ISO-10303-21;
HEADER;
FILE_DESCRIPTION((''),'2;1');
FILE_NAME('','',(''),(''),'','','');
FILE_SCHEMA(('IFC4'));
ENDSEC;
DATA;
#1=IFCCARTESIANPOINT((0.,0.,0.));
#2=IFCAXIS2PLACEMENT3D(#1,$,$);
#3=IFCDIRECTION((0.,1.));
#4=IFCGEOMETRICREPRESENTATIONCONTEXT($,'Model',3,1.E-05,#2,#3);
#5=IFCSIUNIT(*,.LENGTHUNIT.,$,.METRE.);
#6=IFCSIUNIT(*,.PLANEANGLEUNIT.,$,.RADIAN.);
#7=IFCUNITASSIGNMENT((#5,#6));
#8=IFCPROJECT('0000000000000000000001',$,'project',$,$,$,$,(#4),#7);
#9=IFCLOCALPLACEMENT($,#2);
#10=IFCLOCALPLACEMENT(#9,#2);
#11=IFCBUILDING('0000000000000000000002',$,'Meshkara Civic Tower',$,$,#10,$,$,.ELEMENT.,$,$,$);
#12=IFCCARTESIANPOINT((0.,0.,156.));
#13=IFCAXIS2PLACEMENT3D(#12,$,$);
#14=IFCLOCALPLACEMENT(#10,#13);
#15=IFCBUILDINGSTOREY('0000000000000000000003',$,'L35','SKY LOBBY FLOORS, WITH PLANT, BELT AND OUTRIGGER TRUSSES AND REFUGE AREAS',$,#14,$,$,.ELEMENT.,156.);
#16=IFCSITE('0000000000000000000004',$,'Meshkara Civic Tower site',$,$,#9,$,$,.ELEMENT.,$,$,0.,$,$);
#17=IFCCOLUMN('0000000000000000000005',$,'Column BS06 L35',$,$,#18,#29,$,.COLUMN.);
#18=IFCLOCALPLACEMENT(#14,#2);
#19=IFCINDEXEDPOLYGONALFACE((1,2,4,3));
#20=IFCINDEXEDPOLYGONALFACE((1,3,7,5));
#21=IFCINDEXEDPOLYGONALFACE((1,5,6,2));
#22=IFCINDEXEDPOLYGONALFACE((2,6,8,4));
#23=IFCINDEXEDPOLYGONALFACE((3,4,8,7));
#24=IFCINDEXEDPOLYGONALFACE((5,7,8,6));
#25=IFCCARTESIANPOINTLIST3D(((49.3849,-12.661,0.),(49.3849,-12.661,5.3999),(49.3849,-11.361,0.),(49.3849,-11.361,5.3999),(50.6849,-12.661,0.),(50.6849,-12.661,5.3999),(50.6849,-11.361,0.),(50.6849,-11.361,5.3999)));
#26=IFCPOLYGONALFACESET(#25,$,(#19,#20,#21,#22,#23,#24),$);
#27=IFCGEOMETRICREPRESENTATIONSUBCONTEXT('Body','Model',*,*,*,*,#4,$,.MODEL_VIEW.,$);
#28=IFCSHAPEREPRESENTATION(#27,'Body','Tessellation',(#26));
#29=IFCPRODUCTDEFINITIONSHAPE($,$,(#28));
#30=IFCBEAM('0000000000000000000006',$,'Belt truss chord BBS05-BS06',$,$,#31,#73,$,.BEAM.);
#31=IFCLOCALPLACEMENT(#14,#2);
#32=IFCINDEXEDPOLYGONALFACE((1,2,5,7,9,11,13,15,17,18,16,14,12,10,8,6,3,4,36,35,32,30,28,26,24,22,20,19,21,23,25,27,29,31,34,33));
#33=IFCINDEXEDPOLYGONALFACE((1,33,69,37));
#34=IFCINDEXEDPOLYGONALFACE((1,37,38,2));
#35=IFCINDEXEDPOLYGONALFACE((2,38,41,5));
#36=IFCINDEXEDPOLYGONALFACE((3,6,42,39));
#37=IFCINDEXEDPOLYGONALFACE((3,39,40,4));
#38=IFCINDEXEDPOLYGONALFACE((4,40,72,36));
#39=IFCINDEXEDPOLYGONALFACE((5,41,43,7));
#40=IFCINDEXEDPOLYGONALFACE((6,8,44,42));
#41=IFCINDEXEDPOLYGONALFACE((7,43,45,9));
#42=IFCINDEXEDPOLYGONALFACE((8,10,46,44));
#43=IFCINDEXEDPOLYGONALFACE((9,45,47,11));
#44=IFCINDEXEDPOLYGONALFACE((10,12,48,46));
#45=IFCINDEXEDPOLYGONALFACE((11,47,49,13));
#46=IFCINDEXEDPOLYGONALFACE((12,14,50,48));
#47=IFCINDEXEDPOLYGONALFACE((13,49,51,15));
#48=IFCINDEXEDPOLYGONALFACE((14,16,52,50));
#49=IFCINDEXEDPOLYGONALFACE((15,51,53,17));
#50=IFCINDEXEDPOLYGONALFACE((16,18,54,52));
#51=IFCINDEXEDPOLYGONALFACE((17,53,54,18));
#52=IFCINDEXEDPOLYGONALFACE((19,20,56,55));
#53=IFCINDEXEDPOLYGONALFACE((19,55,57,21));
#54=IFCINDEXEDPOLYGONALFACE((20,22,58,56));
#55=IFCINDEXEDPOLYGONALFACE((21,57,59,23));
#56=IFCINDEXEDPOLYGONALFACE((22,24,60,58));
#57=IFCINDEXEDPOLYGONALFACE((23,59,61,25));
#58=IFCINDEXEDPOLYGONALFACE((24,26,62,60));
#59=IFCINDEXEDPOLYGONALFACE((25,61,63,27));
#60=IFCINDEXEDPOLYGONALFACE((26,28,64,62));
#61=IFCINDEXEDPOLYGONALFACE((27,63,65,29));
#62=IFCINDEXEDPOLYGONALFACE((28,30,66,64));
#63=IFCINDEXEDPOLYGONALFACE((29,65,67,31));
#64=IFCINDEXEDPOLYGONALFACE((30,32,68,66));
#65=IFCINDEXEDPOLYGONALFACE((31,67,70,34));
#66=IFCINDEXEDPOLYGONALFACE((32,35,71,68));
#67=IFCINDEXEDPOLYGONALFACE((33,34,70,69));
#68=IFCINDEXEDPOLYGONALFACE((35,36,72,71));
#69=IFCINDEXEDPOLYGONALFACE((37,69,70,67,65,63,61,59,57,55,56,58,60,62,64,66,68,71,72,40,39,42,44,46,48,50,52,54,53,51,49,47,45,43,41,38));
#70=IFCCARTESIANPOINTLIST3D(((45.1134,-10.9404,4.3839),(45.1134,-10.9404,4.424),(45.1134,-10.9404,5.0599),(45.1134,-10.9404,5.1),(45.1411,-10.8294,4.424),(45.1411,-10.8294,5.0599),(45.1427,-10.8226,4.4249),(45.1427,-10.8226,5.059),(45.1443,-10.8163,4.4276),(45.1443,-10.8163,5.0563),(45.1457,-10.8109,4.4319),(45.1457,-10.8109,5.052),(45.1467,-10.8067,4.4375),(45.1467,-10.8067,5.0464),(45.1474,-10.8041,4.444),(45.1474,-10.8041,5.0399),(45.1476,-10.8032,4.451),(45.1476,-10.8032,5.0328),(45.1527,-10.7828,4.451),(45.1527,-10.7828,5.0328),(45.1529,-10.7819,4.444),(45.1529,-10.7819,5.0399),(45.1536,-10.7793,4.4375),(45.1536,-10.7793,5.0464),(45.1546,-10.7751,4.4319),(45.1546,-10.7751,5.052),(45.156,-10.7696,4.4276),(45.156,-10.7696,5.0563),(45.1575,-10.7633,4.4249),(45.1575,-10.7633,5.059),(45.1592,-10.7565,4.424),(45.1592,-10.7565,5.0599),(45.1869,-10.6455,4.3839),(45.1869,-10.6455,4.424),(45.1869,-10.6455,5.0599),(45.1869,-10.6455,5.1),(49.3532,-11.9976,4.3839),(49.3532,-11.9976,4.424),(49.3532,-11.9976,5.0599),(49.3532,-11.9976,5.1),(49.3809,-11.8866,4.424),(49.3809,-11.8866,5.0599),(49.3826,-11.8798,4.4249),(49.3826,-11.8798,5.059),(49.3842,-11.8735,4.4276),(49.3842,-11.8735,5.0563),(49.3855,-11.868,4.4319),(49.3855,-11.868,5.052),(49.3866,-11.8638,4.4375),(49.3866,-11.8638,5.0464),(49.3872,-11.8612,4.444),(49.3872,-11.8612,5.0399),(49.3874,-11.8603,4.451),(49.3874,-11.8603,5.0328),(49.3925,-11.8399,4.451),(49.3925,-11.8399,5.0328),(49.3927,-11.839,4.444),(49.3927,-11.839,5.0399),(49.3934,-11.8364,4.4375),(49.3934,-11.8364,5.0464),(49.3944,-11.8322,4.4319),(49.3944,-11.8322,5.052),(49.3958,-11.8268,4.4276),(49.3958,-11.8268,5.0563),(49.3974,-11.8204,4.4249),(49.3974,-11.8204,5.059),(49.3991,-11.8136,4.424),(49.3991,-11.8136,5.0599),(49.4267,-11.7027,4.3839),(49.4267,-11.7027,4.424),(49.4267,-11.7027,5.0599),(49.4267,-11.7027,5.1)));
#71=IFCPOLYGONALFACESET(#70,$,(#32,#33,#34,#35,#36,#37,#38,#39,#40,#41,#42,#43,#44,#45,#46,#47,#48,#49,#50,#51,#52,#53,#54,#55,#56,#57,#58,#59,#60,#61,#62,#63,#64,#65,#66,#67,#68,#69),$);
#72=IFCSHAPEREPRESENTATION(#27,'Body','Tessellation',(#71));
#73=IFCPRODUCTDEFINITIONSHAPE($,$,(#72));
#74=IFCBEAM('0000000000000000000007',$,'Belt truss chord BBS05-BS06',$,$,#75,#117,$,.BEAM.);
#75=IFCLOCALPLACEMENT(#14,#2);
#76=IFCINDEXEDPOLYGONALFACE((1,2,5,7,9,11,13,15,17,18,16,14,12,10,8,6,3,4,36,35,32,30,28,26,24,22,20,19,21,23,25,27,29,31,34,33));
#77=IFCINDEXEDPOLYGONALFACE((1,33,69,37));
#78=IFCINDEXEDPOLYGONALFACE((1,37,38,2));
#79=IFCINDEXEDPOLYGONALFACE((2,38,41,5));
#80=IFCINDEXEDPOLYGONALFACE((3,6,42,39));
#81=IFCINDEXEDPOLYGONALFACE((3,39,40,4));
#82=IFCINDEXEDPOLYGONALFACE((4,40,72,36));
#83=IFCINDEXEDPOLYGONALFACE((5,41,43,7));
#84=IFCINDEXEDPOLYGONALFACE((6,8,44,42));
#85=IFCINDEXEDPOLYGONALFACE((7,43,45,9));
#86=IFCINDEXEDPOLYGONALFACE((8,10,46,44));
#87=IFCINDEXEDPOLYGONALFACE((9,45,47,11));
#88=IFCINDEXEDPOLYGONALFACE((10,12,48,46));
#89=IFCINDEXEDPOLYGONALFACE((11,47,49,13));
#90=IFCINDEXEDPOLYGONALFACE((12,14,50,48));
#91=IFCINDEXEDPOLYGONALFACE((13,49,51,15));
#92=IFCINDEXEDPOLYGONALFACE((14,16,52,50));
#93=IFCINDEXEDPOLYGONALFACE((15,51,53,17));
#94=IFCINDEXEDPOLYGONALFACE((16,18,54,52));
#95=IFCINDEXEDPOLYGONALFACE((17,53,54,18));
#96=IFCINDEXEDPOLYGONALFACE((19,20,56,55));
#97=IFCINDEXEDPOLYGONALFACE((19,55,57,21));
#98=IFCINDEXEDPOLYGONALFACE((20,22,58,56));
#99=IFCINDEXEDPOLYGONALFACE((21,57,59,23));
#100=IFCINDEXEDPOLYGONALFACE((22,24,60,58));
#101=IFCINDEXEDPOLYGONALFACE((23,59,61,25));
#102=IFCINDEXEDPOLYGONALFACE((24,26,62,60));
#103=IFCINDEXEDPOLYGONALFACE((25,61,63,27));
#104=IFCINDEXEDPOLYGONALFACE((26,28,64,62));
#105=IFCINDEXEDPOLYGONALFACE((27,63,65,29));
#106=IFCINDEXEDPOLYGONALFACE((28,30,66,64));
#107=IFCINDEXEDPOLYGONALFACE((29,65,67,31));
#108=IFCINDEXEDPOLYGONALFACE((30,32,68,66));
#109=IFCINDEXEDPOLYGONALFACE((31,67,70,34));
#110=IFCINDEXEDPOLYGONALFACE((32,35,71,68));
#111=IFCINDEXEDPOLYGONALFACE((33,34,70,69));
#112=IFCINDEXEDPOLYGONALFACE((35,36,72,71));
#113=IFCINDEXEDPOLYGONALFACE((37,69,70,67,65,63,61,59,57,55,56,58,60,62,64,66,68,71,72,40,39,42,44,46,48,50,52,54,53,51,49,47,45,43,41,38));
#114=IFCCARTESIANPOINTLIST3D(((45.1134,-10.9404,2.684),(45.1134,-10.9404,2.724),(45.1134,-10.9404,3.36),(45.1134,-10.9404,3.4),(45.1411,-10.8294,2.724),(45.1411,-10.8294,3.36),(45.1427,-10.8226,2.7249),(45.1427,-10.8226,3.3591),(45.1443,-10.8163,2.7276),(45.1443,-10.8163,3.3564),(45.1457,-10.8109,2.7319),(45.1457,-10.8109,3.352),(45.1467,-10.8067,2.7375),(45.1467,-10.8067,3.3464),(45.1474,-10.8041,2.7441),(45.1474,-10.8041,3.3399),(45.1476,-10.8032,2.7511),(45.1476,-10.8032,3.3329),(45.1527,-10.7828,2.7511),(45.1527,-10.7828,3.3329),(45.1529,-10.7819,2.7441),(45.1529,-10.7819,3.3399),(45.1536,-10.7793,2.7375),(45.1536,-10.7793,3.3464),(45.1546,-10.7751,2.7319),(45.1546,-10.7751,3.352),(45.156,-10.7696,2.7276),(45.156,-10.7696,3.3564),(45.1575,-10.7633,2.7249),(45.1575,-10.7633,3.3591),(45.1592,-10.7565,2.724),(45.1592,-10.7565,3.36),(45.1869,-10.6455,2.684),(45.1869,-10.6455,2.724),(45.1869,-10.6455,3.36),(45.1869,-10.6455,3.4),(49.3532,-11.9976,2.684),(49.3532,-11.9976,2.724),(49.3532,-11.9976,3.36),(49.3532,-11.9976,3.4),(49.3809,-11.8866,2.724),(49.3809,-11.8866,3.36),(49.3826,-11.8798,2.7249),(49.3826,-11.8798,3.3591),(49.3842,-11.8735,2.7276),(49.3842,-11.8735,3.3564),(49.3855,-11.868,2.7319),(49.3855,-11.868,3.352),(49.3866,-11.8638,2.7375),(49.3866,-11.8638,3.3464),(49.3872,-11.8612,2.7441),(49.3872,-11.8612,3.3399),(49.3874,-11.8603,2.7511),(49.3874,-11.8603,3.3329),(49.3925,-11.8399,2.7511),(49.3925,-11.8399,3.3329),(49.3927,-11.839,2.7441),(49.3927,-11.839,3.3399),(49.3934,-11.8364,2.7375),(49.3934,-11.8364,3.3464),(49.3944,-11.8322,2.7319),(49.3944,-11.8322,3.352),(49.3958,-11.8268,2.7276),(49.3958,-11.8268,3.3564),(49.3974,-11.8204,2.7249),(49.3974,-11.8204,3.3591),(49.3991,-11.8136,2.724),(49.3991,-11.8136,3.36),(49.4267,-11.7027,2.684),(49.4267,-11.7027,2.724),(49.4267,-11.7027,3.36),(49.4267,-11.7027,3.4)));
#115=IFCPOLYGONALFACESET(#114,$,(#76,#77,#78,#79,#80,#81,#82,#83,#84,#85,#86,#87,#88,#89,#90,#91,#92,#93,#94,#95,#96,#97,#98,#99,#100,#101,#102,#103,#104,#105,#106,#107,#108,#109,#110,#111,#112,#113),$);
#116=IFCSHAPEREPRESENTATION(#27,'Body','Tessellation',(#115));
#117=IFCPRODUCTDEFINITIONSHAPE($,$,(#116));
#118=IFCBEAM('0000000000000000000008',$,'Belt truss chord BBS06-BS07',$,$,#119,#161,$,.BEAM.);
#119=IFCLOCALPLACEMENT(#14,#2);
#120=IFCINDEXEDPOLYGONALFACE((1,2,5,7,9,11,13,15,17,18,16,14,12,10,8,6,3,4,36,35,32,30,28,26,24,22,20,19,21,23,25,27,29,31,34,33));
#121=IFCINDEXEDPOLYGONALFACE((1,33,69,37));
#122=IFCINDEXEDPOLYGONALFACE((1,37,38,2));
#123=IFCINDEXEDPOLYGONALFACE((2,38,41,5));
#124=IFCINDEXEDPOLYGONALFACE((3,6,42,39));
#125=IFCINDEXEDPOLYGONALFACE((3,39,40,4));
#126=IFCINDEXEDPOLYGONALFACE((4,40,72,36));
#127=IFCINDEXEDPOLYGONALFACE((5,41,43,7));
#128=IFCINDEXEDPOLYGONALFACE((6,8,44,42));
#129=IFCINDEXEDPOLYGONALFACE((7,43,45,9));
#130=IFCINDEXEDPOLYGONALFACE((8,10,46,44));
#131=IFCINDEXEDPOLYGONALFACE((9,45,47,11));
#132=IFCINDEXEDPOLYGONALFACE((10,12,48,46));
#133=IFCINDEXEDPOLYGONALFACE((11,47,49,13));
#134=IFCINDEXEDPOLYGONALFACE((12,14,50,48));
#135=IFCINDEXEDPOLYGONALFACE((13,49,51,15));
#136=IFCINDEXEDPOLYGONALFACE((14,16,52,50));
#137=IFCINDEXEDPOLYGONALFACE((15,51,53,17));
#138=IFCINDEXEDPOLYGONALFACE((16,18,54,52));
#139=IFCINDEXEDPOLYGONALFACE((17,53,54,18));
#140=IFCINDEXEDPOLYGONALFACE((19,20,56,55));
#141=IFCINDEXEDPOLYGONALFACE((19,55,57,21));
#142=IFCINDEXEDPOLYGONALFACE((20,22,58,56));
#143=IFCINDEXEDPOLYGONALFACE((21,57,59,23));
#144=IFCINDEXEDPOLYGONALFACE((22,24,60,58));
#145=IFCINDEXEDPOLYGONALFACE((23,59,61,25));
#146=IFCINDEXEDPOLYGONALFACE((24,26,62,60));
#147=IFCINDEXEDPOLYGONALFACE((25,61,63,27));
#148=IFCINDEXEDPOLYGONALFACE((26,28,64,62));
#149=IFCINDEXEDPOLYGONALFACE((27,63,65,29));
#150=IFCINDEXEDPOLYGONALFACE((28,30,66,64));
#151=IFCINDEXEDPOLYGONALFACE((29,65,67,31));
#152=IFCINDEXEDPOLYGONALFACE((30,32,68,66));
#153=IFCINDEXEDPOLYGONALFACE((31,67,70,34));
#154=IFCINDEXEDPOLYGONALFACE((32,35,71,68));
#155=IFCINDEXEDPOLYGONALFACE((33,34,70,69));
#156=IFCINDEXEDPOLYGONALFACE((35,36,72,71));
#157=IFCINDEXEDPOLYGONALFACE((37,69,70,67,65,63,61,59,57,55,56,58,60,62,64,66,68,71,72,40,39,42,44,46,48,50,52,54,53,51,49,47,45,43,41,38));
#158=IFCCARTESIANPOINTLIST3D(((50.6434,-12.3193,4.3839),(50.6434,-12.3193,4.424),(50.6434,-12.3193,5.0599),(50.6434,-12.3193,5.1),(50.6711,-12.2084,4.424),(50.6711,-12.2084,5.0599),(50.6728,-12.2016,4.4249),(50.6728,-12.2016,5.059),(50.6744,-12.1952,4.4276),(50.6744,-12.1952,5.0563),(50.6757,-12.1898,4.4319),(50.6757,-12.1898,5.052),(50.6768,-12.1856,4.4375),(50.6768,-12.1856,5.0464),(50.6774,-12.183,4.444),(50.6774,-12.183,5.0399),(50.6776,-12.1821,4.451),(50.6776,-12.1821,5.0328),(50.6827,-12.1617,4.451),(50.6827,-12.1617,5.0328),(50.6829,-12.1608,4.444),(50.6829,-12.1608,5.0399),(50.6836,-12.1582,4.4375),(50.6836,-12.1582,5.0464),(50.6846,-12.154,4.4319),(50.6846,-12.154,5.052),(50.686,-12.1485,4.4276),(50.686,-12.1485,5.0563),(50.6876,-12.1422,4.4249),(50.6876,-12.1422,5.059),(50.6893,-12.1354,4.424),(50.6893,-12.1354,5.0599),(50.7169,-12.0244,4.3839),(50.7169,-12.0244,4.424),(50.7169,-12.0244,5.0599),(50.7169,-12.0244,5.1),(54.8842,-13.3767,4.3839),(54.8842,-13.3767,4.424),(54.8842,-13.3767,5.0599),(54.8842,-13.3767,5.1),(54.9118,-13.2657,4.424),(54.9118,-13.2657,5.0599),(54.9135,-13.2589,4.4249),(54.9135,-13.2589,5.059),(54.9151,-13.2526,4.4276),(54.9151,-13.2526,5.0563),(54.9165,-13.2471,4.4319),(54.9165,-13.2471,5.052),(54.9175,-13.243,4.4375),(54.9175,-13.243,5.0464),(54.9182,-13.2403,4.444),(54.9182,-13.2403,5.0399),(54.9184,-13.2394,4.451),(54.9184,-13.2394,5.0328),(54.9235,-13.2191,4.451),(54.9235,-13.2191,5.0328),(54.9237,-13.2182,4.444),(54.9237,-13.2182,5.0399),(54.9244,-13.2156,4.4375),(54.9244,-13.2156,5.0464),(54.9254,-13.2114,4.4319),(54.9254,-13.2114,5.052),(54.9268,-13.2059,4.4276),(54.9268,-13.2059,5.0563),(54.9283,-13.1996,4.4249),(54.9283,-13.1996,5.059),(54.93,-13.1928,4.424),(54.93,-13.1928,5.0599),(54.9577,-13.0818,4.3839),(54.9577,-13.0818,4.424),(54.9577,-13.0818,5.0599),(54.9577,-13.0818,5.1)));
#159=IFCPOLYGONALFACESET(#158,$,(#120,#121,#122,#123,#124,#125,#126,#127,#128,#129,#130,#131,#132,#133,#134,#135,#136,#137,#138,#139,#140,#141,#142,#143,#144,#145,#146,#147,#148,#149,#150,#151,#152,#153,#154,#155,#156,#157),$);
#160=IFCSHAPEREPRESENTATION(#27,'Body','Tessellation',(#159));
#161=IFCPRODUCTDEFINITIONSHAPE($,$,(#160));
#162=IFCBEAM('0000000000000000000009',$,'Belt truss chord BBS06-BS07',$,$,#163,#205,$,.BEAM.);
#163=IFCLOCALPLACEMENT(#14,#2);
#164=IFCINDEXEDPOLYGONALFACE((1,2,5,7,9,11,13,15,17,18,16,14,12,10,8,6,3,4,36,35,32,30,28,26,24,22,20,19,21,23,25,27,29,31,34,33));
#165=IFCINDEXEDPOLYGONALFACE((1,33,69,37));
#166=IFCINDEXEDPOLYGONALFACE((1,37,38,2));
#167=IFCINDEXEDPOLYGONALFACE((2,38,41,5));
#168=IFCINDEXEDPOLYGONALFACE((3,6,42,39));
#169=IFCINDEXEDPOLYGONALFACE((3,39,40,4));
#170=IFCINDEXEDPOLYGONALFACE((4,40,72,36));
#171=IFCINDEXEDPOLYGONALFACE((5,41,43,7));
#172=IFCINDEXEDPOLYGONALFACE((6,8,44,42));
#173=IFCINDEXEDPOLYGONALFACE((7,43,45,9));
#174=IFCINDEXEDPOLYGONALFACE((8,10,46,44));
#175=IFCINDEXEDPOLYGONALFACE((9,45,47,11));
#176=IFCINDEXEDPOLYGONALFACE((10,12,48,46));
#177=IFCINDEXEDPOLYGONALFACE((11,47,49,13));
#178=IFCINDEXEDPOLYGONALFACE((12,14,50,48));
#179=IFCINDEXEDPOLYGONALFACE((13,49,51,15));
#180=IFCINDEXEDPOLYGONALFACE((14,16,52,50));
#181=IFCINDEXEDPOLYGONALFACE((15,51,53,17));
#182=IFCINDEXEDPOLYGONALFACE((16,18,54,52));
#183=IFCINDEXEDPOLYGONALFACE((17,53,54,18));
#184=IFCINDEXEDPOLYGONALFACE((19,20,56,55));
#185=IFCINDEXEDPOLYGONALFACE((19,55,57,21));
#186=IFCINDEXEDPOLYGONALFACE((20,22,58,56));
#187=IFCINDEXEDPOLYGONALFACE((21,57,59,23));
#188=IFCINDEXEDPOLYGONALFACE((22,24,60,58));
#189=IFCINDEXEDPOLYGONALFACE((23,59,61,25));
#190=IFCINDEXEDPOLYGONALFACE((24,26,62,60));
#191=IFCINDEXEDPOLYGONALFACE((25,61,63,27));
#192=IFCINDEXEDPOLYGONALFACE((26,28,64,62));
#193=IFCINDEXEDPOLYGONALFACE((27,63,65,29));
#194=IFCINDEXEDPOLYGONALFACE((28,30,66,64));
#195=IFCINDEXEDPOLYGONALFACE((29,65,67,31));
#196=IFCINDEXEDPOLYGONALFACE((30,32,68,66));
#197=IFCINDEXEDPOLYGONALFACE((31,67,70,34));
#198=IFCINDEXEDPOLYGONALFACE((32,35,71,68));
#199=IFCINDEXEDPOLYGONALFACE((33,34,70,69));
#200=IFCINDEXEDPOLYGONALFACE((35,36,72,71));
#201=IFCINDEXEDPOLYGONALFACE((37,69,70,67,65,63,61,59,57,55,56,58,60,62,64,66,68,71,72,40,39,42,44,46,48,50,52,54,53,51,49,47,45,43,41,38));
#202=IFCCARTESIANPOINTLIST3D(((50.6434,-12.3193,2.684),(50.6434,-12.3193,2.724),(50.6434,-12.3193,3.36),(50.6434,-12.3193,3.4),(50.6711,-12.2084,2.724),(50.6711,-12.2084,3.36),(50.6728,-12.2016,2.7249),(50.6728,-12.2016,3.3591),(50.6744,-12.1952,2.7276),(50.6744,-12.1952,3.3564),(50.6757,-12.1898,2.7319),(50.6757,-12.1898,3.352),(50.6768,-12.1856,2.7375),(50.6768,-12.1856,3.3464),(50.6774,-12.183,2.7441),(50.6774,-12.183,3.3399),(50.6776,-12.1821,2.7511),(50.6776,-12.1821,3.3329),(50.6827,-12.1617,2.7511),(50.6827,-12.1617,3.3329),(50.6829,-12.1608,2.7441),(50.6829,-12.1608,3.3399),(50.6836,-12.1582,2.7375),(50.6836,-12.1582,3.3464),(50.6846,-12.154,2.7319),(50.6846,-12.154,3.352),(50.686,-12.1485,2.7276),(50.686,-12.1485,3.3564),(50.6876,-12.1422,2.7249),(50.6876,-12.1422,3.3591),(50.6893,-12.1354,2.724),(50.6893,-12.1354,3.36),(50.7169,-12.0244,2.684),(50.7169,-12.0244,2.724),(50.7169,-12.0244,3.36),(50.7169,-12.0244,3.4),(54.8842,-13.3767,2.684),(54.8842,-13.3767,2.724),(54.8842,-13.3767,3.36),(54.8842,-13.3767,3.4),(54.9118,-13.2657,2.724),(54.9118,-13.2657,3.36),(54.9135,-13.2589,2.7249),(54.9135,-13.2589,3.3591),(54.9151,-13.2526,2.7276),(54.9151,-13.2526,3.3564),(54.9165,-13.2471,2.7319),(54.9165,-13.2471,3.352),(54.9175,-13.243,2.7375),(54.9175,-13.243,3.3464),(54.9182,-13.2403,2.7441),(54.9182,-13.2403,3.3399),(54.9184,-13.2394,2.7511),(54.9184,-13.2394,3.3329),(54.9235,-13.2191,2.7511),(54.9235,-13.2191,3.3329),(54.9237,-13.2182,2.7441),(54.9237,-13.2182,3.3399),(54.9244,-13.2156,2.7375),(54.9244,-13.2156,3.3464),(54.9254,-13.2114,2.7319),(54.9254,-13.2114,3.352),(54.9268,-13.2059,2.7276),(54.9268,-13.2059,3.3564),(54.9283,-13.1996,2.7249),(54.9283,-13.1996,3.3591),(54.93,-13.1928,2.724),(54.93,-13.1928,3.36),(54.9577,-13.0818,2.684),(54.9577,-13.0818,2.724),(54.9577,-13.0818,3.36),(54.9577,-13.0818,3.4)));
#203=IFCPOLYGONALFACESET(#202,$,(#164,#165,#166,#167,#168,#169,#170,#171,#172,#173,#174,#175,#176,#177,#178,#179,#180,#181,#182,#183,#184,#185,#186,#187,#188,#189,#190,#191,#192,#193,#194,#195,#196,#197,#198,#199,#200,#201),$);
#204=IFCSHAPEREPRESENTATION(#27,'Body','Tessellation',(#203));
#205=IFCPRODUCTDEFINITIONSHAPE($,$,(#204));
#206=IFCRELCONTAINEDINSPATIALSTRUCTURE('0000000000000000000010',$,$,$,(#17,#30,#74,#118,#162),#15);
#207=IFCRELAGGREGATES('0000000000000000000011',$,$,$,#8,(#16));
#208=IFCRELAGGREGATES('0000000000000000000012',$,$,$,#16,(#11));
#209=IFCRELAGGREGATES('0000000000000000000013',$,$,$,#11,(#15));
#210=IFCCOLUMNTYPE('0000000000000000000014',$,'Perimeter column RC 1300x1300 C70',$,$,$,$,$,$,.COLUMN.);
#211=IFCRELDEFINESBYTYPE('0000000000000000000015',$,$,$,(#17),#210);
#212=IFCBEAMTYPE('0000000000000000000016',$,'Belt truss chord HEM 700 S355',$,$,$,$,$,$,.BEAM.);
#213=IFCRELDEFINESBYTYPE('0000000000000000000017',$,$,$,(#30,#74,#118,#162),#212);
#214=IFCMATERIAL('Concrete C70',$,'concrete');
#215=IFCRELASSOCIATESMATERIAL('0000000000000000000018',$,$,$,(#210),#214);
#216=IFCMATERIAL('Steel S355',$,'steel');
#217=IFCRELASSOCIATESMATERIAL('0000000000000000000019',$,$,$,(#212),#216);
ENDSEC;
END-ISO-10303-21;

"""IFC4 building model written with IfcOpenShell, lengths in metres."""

from ifc_helpers import new_model, si_unit, direction, frame, origin, origin_2d, place, context, subcontext, project, spatial, rectangle, i_section, extrude, material, material_profile, profile_set, type_object, element, save


model = new_model("IFC4")

# Units and contexts
model_context = context("Model", 3, precision=1e-05, world=origin(), true_north=direction((0.0, 1.0)))
body_context = subcontext(model_context, "Body", "Model", "MODEL_VIEW")
ifc_project = project(units=[si_unit("LENGTHUNIT", "METRE"), si_unit("PLANEANGLEUNIT", "RADIAN")], contexts=[model_context])

# Site, building, storey
site_placement = place(None, origin())
site = spatial("IfcSite", under=ifc_project, at=site_placement, Name="Meshkara Civic Tower site", CompositionType="ELEMENT", RefElevation=0.0)
building_placement = place(site_placement, origin())
building = spatial("IfcBuilding", under=site, at=building_placement, Name="Meshkara Civic Tower", CompositionType="ELEMENT")
storey_placement = place(building_placement, frame((0.0, 0.0, 156.0)))
storey = spatial("IfcBuildingStorey", under=building, at=storey_placement, Name="L35", Description="SKY LOBBY FLOORS, WITH PLANT, BELT AND OUTRIGGER TRUSSES AND REFUGE AREAS", CompositionType="ELEMENT", Elevation=156.0)

# Column
ifc_material_1 = material(Name="Concrete C70", Category="concrete")
ifc_material_profile_1 = material_profile(ifc_material_1, rectangle(XDim=1.3, YDim=1.3, at=origin_2d()))
ifc_profile_set_1 = profile_set([ifc_material_profile_1], Name="Concrete C70")
column_type = type_object("IfcColumnType", Name="Perimeter column RC 1300x1300 C70", PredefinedType="COLUMN", material=ifc_profile_set_1)
column_placement = place(storey_placement, frame((50.0349, -12.011, 0.0), z_axis=(0.0, 0.0, 1.0), x_axis=(1.0, 0.0, 0.0)))
element("IfcColumn", 1, at=column_placement, inside=storey, type_object=column_type, Name="Column BS06 L35", PredefinedType="COLUMN", context=body_context, shape_type="SweptSolid", body=[
    extrude(rectangle(XDim=1.3, YDim=1.3, at=origin_2d()), origin(), (0.0, 0.0, 1.0), 5.3999),
])

# Beams
ifc_material_2 = material(Name="Steel S355", Category="steel")
ifc_material_profile_2 = material_profile(ifc_material_2, i_section(OverallWidth=0.304, OverallDepth=0.7161, WebThickness=0.021, FlangeThickness=0.04, FilletRadius=0.0271, at=origin_2d()))
ifc_profile_set_2 = profile_set([ifc_material_profile_2], Name="Steel S355")
beam_type = type_object("IfcBeamType", Name="Belt truss chord HEM 700 S355", PredefinedType="BEAM", material=ifc_profile_set_2)
for number, where, z_axis, x_axis, name in (
    (2, (45.1501, -10.793, 4.7419), (0.970293, -0.241931, 0.0), (0.241931, 0.970293, 0.0), "Belt truss chord BBS05-BS06"),
    (3, (45.1501, -10.793, 3.042), (0.970293, -0.241931, 0.0), (0.241931, 0.970293, 0.0), "Belt truss chord BBS05-BS06"),
):
    element("IfcBeam", number, at=place(storey_placement, frame(where, z_axis=z_axis, x_axis=x_axis)), inside=storey, type_object=beam_type, Name=name, PredefinedType="BEAM", context=body_context, shape_type="SweptSolid", body=[
        extrude(i_section(OverallWidth=0.304, OverallDepth=0.7161, WebThickness=0.021, FlangeThickness=0.04, FilletRadius=0.0271, at=origin_2d()), origin(), (0.0, 0.0, 1.0), 4.3696),
    ])
for number, where, z_axis, x_axis, name in (
    (4, (50.6802, -12.1719, 4.7419), (0.970293, -0.241931, 0.0), (0.241931, 0.970293, 0.0), "Belt truss chord BBS06-BS07"),
    (5, (50.6802, -12.1719, 3.042), (0.970293, -0.241931, 0.0), (0.241931, 0.970293, 0.0), "Belt truss chord BBS06-BS07"),
):
    element("IfcBeam", number, at=place(storey_placement, frame(where, z_axis=z_axis, x_axis=x_axis)), inside=storey, type_object=beam_type, Name=name, PredefinedType="BEAM", context=body_context, shape_type="SweptSolid", body=[
        extrude(i_section(OverallWidth=0.304, OverallDepth=0.7161, WebThickness=0.021, FlangeThickness=0.04, FilletRadius=0.0271, at=origin_2d()), origin(), (0.0, 0.0, 1.0), 4.3706),
    ])

save(model, "model.ifc")
